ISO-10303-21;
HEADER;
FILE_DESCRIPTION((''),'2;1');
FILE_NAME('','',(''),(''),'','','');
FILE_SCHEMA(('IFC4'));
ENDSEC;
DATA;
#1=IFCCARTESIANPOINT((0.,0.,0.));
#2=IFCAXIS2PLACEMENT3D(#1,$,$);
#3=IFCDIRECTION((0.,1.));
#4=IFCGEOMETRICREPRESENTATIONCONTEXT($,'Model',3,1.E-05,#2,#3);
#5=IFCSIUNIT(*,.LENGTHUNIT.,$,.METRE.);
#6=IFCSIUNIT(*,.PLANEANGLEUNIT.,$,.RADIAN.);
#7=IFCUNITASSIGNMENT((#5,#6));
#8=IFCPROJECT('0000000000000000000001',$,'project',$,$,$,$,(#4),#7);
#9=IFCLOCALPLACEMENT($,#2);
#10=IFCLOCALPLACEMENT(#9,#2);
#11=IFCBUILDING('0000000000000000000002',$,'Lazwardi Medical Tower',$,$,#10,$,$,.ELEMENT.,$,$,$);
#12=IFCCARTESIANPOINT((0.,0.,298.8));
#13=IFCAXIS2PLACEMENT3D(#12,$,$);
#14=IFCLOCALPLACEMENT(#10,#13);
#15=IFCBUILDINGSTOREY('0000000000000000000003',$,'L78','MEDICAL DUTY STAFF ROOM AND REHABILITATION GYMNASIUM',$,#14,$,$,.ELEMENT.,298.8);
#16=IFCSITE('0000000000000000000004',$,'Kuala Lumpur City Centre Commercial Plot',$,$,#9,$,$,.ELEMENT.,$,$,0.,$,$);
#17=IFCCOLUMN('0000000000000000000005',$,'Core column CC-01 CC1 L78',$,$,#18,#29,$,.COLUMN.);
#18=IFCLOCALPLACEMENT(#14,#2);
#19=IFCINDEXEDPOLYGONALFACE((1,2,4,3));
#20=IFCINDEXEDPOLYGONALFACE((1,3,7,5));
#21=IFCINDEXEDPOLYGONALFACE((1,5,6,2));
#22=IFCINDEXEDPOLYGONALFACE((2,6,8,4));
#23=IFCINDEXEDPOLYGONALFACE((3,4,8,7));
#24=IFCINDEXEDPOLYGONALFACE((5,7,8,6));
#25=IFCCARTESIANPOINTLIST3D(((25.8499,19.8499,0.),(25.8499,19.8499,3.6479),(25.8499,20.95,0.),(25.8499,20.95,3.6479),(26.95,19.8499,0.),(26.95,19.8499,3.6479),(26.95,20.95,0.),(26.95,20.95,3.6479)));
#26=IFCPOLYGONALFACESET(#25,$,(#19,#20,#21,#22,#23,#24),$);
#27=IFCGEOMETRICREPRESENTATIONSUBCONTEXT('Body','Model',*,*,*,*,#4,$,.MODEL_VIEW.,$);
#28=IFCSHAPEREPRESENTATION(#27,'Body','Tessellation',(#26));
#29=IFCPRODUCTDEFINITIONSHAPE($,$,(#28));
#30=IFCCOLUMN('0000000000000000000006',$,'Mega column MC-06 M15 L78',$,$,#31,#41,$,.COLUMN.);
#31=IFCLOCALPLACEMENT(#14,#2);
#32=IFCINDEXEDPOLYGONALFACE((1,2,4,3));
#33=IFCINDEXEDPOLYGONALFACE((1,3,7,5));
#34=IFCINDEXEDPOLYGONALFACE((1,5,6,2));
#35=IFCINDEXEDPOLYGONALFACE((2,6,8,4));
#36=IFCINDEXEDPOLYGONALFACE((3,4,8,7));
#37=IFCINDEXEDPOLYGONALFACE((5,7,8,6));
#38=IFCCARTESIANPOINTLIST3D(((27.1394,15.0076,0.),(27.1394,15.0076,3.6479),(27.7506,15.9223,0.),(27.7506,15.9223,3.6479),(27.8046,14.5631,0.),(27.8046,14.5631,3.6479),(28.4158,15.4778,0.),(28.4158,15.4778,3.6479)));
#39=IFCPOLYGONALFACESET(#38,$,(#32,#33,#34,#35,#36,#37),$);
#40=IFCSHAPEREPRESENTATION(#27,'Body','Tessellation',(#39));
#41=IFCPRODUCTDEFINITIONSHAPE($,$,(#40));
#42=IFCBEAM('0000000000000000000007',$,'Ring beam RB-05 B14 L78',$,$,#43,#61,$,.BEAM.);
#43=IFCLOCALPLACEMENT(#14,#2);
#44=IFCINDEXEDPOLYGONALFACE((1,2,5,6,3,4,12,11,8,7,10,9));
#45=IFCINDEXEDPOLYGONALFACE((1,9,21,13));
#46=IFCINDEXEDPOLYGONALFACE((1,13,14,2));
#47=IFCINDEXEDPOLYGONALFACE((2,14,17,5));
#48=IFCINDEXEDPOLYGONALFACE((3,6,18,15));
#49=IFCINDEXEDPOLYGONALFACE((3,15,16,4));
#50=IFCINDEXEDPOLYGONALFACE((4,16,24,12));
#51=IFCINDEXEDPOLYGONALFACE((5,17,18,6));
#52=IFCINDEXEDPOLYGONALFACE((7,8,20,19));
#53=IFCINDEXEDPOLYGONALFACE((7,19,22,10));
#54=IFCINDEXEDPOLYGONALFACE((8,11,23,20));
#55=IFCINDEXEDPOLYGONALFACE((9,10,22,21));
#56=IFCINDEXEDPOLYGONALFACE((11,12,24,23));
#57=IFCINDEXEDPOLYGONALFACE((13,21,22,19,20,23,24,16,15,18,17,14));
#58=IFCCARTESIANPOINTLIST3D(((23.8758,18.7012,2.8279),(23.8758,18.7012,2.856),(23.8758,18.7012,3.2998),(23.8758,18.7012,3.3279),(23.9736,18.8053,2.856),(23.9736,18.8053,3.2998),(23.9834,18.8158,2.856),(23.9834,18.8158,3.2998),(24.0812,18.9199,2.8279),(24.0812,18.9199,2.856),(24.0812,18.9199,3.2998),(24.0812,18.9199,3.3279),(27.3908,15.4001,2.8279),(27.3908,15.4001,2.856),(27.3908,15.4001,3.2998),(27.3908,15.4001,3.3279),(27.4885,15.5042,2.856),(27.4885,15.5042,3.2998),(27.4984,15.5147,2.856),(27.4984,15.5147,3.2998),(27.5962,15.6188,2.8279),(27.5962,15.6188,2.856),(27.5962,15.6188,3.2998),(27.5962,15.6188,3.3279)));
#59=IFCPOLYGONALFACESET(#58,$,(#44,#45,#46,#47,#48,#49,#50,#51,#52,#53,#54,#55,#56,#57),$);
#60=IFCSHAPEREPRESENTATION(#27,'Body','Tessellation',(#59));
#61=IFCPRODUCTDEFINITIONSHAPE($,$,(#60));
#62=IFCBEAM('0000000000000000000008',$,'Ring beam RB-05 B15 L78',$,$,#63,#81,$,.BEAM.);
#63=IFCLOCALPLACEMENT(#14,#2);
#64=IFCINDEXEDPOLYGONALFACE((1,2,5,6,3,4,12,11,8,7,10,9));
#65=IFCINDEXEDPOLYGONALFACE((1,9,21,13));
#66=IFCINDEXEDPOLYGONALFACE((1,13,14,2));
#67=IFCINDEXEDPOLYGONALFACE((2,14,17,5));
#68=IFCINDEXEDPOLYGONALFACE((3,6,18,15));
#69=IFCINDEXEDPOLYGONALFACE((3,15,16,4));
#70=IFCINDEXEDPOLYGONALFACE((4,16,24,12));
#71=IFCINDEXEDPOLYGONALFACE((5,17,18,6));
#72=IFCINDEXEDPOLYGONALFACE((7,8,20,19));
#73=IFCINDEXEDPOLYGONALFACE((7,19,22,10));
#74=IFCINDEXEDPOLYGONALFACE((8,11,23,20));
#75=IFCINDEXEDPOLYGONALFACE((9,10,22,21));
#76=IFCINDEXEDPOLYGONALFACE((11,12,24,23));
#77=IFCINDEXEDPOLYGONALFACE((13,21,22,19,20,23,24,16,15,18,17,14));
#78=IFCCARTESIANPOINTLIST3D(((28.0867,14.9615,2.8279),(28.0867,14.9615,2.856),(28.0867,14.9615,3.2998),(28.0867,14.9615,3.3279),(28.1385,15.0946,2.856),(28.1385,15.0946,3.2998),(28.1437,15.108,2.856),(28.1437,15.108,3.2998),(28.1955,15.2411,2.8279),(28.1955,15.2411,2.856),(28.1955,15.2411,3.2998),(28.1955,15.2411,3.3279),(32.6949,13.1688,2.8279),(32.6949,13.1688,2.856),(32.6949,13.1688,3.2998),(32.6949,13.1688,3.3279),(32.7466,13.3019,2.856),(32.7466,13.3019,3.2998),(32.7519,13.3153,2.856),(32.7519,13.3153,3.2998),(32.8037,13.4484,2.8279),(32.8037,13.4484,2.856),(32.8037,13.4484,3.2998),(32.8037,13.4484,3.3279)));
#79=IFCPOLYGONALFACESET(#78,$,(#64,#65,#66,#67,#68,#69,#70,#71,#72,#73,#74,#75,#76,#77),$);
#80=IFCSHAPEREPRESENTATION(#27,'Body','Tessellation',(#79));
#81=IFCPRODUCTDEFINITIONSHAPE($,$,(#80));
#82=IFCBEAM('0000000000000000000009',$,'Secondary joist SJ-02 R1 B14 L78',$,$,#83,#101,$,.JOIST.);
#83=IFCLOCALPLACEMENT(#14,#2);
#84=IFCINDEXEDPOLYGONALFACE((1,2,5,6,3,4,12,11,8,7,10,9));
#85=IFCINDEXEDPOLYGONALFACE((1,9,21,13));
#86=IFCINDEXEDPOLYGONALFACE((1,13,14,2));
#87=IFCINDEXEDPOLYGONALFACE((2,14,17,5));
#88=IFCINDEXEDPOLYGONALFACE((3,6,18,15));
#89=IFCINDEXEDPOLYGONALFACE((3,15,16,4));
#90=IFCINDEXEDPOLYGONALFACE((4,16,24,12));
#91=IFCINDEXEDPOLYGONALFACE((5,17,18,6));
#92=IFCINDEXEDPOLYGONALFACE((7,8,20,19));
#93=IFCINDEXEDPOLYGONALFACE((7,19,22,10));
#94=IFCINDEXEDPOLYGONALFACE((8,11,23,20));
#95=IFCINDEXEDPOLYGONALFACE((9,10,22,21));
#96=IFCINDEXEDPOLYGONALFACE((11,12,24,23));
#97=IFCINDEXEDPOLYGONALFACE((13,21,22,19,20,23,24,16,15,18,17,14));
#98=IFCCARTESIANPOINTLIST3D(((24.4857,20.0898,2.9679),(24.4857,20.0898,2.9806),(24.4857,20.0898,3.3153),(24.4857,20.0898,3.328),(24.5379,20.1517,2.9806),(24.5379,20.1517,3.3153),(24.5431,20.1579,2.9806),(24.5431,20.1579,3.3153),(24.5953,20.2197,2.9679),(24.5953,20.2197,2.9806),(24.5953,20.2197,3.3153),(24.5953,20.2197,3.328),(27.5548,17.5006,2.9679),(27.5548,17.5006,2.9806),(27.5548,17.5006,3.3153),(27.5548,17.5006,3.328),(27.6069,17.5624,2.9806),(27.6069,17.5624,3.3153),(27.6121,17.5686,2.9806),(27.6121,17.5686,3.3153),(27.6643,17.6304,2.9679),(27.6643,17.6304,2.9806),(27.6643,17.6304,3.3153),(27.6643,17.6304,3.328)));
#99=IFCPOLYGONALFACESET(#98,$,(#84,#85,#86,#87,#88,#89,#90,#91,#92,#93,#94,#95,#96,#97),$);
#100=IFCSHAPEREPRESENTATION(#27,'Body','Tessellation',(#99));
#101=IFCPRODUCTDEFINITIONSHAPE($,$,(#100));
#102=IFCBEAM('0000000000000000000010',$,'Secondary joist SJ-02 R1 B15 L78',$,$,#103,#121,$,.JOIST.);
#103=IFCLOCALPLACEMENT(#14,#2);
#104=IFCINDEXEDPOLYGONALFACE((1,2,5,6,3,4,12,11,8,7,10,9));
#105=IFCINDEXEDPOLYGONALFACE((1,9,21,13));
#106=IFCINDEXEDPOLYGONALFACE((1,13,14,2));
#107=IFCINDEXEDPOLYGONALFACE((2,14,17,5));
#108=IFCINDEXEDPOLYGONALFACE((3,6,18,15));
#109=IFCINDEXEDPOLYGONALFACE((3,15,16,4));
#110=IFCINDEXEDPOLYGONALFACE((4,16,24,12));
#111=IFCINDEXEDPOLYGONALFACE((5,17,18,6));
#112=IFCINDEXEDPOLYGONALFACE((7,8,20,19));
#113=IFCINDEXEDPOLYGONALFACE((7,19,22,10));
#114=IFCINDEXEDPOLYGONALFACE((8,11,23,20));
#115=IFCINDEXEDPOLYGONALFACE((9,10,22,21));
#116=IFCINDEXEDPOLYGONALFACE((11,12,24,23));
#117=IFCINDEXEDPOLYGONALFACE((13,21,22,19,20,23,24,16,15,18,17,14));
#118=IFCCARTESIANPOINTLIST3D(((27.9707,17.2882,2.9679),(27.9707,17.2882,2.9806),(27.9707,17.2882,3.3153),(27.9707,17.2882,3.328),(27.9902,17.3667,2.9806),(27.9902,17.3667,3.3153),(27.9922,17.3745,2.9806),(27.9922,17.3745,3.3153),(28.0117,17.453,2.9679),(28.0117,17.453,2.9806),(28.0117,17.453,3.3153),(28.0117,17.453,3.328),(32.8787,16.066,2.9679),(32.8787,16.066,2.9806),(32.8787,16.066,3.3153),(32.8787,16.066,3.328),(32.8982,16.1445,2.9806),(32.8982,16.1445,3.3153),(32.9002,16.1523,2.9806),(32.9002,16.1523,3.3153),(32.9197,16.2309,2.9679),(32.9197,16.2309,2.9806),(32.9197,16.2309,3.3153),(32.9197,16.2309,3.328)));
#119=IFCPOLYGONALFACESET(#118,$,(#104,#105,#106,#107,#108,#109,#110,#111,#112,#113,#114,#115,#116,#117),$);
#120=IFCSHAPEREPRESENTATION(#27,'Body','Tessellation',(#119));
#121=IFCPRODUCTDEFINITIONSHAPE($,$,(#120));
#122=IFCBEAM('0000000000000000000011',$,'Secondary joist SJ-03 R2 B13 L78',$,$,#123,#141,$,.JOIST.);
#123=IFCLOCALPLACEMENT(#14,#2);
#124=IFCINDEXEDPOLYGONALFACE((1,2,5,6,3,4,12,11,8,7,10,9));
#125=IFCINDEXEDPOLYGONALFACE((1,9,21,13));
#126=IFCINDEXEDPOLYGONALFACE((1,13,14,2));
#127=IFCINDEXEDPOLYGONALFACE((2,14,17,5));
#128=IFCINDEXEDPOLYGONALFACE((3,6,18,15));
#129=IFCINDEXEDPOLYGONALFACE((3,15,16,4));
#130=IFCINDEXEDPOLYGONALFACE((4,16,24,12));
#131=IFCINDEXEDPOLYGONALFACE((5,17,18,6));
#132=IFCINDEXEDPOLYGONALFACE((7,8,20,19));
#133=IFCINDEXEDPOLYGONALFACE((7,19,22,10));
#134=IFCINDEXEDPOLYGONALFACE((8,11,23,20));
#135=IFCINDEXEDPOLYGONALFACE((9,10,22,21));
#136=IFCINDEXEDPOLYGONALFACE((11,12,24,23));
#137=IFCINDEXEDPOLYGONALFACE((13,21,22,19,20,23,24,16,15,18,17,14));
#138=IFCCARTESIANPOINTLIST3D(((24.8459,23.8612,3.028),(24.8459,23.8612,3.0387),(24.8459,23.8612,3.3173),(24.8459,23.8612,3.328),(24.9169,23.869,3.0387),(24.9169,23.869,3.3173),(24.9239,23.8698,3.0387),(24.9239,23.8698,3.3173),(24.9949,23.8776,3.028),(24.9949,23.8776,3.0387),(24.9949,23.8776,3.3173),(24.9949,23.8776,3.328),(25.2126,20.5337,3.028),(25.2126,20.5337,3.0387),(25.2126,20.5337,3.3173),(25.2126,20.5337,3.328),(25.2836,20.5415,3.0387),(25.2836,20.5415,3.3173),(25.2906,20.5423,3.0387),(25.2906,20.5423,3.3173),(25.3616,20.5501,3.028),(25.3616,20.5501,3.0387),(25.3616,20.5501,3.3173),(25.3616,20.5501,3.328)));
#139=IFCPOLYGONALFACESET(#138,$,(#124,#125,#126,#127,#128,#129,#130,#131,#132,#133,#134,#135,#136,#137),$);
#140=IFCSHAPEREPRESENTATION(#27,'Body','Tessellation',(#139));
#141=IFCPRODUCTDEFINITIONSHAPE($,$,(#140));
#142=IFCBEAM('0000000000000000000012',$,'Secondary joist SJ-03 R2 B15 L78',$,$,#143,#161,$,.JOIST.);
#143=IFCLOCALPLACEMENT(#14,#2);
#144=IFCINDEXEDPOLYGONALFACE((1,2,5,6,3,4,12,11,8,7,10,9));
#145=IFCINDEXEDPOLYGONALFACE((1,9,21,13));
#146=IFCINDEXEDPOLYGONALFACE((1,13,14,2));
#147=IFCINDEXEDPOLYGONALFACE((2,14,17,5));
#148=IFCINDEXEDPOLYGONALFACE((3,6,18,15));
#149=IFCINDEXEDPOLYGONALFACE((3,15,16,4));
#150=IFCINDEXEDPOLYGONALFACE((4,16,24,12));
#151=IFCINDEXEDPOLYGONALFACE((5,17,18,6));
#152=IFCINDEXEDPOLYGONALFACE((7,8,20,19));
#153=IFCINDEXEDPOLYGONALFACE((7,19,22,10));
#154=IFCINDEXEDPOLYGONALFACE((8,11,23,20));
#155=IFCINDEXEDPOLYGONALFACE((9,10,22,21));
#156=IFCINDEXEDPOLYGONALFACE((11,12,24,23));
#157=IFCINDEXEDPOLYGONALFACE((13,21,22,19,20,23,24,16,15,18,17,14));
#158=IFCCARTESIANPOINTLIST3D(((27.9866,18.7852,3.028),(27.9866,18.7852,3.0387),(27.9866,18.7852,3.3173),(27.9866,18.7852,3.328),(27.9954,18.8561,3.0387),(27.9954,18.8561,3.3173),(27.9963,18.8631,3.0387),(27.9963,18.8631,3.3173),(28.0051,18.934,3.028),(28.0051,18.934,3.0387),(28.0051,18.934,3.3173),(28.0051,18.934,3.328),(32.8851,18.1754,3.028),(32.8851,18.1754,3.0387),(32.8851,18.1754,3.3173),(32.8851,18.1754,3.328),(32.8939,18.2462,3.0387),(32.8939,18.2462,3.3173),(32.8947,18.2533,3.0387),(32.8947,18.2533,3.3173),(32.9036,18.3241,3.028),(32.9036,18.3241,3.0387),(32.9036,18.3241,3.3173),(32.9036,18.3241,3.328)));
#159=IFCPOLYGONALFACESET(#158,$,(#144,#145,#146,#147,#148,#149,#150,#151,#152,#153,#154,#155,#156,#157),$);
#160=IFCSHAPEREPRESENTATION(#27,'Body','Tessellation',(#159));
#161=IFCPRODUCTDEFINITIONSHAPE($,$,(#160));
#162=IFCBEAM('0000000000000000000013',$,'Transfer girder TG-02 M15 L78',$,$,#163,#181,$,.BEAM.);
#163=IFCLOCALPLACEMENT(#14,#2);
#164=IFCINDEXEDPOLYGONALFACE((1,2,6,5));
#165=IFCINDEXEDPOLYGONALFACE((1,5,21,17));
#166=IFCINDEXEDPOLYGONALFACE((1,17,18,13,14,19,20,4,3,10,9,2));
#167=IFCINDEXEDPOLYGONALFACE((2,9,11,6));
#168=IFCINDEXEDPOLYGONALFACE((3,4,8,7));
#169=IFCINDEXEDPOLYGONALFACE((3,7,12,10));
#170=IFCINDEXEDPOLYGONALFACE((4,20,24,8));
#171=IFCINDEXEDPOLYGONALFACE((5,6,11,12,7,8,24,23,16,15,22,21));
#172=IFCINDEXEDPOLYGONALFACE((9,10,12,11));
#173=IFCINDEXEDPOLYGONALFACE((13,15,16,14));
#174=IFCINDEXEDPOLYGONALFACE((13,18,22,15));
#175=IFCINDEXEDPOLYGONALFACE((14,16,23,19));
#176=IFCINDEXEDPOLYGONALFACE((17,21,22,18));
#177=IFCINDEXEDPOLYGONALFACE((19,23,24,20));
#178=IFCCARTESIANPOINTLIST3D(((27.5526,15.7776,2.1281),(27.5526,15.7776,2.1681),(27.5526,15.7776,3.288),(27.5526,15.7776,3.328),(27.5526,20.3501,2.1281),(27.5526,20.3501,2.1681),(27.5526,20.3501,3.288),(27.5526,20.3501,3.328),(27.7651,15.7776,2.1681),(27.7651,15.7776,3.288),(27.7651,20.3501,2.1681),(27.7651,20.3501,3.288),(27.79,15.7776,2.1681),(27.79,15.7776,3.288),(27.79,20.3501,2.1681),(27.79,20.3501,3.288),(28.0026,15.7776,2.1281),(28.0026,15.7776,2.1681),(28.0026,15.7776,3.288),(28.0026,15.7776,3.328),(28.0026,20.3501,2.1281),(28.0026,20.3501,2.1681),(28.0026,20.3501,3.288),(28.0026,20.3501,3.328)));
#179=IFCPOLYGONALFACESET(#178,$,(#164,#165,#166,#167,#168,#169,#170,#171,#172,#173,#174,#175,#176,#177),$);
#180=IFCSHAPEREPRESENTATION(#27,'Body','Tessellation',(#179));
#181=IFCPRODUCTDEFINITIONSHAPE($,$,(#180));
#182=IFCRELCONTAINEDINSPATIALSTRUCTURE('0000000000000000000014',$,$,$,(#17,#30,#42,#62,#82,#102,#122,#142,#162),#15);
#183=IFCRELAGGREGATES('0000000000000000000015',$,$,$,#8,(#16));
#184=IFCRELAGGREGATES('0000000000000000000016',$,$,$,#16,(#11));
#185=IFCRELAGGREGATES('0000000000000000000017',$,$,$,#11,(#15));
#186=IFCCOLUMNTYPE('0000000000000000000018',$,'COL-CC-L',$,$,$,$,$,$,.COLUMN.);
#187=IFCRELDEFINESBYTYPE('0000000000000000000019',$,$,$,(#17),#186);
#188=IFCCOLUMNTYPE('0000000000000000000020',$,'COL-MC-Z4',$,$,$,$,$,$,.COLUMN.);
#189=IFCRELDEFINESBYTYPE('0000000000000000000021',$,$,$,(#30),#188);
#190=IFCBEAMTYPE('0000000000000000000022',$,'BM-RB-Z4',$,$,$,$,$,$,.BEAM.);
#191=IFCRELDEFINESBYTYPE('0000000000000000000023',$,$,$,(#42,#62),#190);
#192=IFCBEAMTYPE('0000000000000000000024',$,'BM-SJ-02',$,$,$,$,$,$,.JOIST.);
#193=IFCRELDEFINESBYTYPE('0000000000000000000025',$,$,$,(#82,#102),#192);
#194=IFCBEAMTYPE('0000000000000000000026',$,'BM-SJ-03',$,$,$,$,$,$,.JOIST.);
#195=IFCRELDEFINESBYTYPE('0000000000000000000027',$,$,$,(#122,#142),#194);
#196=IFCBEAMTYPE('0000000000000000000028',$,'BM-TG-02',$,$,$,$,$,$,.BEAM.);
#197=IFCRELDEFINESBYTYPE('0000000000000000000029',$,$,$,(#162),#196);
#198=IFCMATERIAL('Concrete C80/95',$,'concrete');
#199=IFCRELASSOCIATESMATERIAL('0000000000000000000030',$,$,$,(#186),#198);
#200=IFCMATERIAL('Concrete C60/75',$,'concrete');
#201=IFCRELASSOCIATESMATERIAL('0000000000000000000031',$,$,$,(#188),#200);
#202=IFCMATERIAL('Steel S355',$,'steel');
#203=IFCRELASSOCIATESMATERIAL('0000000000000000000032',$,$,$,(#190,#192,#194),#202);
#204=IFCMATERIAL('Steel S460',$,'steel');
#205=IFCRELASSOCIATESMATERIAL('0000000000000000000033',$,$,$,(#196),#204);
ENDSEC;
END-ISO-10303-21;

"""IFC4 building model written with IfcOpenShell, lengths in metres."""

from ifc_helpers import new_model, si_unit, direction, frame, origin, origin_2d, place, context, subcontext, project, spatial, rectangle, i_section, extrude, material, material_profile, profile_set, type_object, element, save


model = new_model("IFC4")

# Units and contexts
model_context = context("Model", 3, precision=1e-05, world=origin(), true_north=direction((0.0, 1.0)))
body_context = subcontext(model_context, "Body", "Model", "MODEL_VIEW")
ifc_project = project(units=[si_unit("LENGTHUNIT", "METRE"), si_unit("PLANEANGLEUNIT", "RADIAN")], contexts=[model_context])

# Site, building, storey
site_placement = place(None, origin())
site = spatial("IfcSite", under=ifc_project, at=site_placement, Name="Kuala Lumpur City Centre Commercial Plot", CompositionType="ELEMENT", RefElevation=0.0)
building_placement = place(site_placement, origin())
building = spatial("IfcBuilding", under=site, at=building_placement, Name="Lazwardi Medical Tower", CompositionType="ELEMENT")
storey_placement = place(building_placement, frame((0.0, 0.0, 298.8)))
storey = spatial("IfcBuildingStorey", under=building, at=storey_placement, Name="L78", Description="MEDICAL DUTY STAFF ROOM AND REHABILITATION GYMNASIUM", CompositionType="ELEMENT", Elevation=298.8)

# Columns
ifc_material_1 = material(Name="Concrete C80/95", Category="concrete")
ifc_material_profile_1 = material_profile(ifc_material_1, rectangle(XDim=1.1001, YDim=1.1001, at=origin_2d()), Name="RC 1100x1100")
ifc_profile_set_1 = profile_set([ifc_material_profile_1], Name="Concrete C80/95")
column_type_1 = type_object("IfcColumnType", Name="COL-CC-L", PredefinedType="COLUMN", material=ifc_profile_set_1)
column_1_placement = place(storey_placement, frame((26.3999, 20.3999, 0.0), z_axis=(0.0, 0.0, 1.0), x_axis=(1.0, 0.0, 0.0)))
element("IfcColumn", 1, at=column_1_placement, inside=storey, type_object=column_type_1, Name="Core column CC-01 CC1 L78", PredefinedType="COLUMN", context=body_context, shape_type="SweptSolid", body=[
    extrude(rectangle(XDim=1.1001, YDim=1.1001, at=origin_2d()), origin(), (0.0, 0.0, 1.0), 3.6479),
])
ifc_material_2 = material(Name="Concrete C60/75", Category="concrete")
ifc_material_profile_2 = material_profile(ifc_material_2, rectangle(XDim=1.1001, YDim=0.8, at=origin_2d()), Name="CFT-RECT 1100x800")
ifc_profile_set_2 = profile_set([ifc_material_profile_2], Name="Concrete C60/75")
column_type_2 = type_object("IfcColumnType", Name="COL-MC-Z4", PredefinedType="COLUMN", material=ifc_profile_set_2)
column_2_placement = place(storey_placement, frame((27.7776, 15.2427, 0.0), z_axis=(0.0, 0.0, 1.0), x_axis=(-0.55557, -0.83147, 0.0)))
element("IfcColumn", 2, at=column_2_placement, inside=storey, type_object=column_type_2, Name="Mega column MC-06 M15 L78", PredefinedType="COLUMN", context=body_context, shape_type="SweptSolid", body=[
    extrude(rectangle(XDim=1.1001, YDim=0.8, at=origin_2d()), origin(), (0.0, 0.0, 1.0), 3.6479),
])

# Beams
ifc_material_3 = material(Name="Steel S355", Category="steel")
ifc_material_profile_3 = material_profile(ifc_material_3, i_section(OverallWidth=0.3, OverallDepth=0.5, WebThickness=0.0144, FlangeThickness=0.0281, at=origin_2d()), Name="HEB 500")
ifc_profile_set_3 = profile_set([ifc_material_profile_3], Name="Steel S355")
beam_type_1 = type_object("IfcBeamType", Name="BM-RB-Z4", PredefinedType="BEAM", material=ifc_profile_set_3)
beam_1_placement = place(storey_placement, frame((23.9785, 18.8105, 3.0779), z_axis=(0.728935, -0.684583, 0.0), x_axis=(0.684583, 0.728935, 0.0)))
element("IfcBeam", 3, at=beam_1_placement, inside=storey, type_object=beam_type_1, Name="Ring beam RB-05 B14 L78", PredefinedType="BEAM", context=body_context, shape_type="SweptSolid", body=[
    extrude(i_section(OverallWidth=0.3, OverallDepth=0.5, WebThickness=0.0144, FlangeThickness=0.0281, at=origin_2d()), origin(), (0.0, 0.0, 1.0), 4.822),
])
beam_2_placement = place(storey_placement, frame((28.1411, 15.1013, 3.0779), z_axis=(0.931959, -0.362563, 0.0), x_axis=(0.362563, 0.931959, 0.0)))
element("IfcBeam", 4, at=beam_2_placement, inside=storey, type_object=beam_type_1, Name="Ring beam RB-05 B15 L78", PredefinedType="BEAM", context=body_context, shape_type="SweptSolid", body=[
    extrude(i_section(OverallWidth=0.3, OverallDepth=0.5, WebThickness=0.0144, FlangeThickness=0.0281, at=origin_2d()), origin(), (0.0, 0.0, 1.0), 4.9446),
])
ifc_material_profile_4 = material_profile(ifc_material_3, i_section(OverallWidth=0.1699, OverallDepth=0.3601, WebThickness=0.0081, FlangeThickness=0.0127, at=origin_2d()), Name="IPE 360")
ifc_profile_set_4 = profile_set([ifc_material_profile_4], Name="Steel S355")
beam_type_2 = type_object("IfcBeamType", Name="BM-SJ-02", PredefinedType="JOIST", material=ifc_profile_set_4)
beam_3_placement = place(storey_placement, frame((24.5405, 20.1548, 3.1479), z_axis=(0.764315, -0.644843, 0.0), x_axis=(0.644843, 0.764315, 0.0)))
element("IfcBeam", 5, at=beam_3_placement, inside=storey, type_object=beam_type_2, Name="Secondary joist SJ-02 R1 B14 L78", PredefinedType="JOIST", context=body_context, shape_type="SweptSolid", body=[
    extrude(i_section(OverallWidth=0.1699, OverallDepth=0.3601, WebThickness=0.0081, FlangeThickness=0.0127, at=origin_2d()), origin(), (0.0, 0.0, 1.0), 4.0154),
])
beam_4_placement = place(storey_placement, frame((27.9912, 17.3706, 3.1479), z_axis=(0.970366, -0.241638, 0.0), x_axis=(0.241638, 0.970366, 0.0)))
element("IfcBeam", 6, at=beam_4_placement, inside=storey, type_object=beam_type_2, Name="Secondary joist SJ-02 R1 B15 L78", PredefinedType="JOIST", context=body_context, shape_type="SweptSolid", body=[
    extrude(i_section(OverallWidth=0.1699, OverallDepth=0.3601, WebThickness=0.0081, FlangeThickness=0.0127, at=origin_2d()), origin(), (0.0, 0.0, 1.0), 5.0579),
])
ifc_material_profile_5 = material_profile(ifc_material_3, i_section(OverallWidth=0.1499, OverallDepth=0.3, WebThickness=0.0071, FlangeThickness=0.0107, at=origin_2d()), Name="IPE 300")
ifc_profile_set_5 = profile_set([ifc_material_profile_5], Name="Steel S355")
beam_type_3 = type_object("IfcBeamType", Name="BM-SJ-03", PredefinedType="JOIST", material=ifc_profile_set_5)
beam_5_placement = place(storey_placement, frame((24.9204, 23.8694, 3.178), z_axis=(0.109543, -0.993982, 0.0), x_axis=(0.993982, 0.109543, 0.0)))
element("IfcBeam", 7, at=beam_5_placement, inside=storey, type_object=beam_type_3, Name="Secondary joist SJ-03 R2 B13 L78", PredefinedType="JOIST", context=body_context, shape_type="SweptSolid", body=[
    extrude(i_section(OverallWidth=0.1499, OverallDepth=0.3, WebThickness=0.0071, FlangeThickness=0.0107, at=origin_2d()), origin(), (0.0, 0.0, 1.0), 3.3477),
])
beam_6_placement = place(storey_placement, frame((27.9958, 18.8596, 3.178), z_axis=(0.992339, -0.123548, 0.0), x_axis=(0.123548, 0.992339, 0.0)))
element("IfcBeam", 8, at=beam_6_placement, inside=storey, type_object=beam_type_3, Name="Secondary joist SJ-03 R2 B15 L78", PredefinedType="JOIST", context=body_context, shape_type="SweptSolid", body=[
    extrude(i_section(OverallWidth=0.1499, OverallDepth=0.3, WebThickness=0.0071, FlangeThickness=0.0107, at=origin_2d()), origin(), (0.0, 0.0, 1.0), 4.9363),
])
ifc_material_4 = material(Name="Steel S460", Category="steel")
ifc_material_profile_6 = material_profile(ifc_material_4, i_section(OverallWidth=0.45, OverallDepth=1.2, WebThickness=0.0249, FlangeThickness=0.04, at=origin_2d()), Name="PG 1200x450")
ifc_profile_set_6 = profile_set([ifc_material_profile_6], Name="Steel S460")
beam_type_4 = type_object("IfcBeamType", Name="BM-TG-02", PredefinedType="BEAM", material=ifc_profile_set_6)
beam_7_placement = place(storey_placement, frame((27.7776, 15.7776, 2.728), z_axis=(0.0, 1.0, 0.0), x_axis=(-1.0, 0.0, 0.0)))
element("IfcBeam", 9, at=beam_7_placement, inside=storey, type_object=beam_type_4, Name="Transfer girder TG-02 M15 L78", PredefinedType="BEAM", context=body_context, shape_type="SweptSolid", body=[
    extrude(i_section(OverallWidth=0.45, OverallDepth=1.2, WebThickness=0.0249, FlangeThickness=0.04, at=origin_2d()), origin(), (0.0, 0.0, 1.0), 4.5725),
])

save(model, "model.ifc")
